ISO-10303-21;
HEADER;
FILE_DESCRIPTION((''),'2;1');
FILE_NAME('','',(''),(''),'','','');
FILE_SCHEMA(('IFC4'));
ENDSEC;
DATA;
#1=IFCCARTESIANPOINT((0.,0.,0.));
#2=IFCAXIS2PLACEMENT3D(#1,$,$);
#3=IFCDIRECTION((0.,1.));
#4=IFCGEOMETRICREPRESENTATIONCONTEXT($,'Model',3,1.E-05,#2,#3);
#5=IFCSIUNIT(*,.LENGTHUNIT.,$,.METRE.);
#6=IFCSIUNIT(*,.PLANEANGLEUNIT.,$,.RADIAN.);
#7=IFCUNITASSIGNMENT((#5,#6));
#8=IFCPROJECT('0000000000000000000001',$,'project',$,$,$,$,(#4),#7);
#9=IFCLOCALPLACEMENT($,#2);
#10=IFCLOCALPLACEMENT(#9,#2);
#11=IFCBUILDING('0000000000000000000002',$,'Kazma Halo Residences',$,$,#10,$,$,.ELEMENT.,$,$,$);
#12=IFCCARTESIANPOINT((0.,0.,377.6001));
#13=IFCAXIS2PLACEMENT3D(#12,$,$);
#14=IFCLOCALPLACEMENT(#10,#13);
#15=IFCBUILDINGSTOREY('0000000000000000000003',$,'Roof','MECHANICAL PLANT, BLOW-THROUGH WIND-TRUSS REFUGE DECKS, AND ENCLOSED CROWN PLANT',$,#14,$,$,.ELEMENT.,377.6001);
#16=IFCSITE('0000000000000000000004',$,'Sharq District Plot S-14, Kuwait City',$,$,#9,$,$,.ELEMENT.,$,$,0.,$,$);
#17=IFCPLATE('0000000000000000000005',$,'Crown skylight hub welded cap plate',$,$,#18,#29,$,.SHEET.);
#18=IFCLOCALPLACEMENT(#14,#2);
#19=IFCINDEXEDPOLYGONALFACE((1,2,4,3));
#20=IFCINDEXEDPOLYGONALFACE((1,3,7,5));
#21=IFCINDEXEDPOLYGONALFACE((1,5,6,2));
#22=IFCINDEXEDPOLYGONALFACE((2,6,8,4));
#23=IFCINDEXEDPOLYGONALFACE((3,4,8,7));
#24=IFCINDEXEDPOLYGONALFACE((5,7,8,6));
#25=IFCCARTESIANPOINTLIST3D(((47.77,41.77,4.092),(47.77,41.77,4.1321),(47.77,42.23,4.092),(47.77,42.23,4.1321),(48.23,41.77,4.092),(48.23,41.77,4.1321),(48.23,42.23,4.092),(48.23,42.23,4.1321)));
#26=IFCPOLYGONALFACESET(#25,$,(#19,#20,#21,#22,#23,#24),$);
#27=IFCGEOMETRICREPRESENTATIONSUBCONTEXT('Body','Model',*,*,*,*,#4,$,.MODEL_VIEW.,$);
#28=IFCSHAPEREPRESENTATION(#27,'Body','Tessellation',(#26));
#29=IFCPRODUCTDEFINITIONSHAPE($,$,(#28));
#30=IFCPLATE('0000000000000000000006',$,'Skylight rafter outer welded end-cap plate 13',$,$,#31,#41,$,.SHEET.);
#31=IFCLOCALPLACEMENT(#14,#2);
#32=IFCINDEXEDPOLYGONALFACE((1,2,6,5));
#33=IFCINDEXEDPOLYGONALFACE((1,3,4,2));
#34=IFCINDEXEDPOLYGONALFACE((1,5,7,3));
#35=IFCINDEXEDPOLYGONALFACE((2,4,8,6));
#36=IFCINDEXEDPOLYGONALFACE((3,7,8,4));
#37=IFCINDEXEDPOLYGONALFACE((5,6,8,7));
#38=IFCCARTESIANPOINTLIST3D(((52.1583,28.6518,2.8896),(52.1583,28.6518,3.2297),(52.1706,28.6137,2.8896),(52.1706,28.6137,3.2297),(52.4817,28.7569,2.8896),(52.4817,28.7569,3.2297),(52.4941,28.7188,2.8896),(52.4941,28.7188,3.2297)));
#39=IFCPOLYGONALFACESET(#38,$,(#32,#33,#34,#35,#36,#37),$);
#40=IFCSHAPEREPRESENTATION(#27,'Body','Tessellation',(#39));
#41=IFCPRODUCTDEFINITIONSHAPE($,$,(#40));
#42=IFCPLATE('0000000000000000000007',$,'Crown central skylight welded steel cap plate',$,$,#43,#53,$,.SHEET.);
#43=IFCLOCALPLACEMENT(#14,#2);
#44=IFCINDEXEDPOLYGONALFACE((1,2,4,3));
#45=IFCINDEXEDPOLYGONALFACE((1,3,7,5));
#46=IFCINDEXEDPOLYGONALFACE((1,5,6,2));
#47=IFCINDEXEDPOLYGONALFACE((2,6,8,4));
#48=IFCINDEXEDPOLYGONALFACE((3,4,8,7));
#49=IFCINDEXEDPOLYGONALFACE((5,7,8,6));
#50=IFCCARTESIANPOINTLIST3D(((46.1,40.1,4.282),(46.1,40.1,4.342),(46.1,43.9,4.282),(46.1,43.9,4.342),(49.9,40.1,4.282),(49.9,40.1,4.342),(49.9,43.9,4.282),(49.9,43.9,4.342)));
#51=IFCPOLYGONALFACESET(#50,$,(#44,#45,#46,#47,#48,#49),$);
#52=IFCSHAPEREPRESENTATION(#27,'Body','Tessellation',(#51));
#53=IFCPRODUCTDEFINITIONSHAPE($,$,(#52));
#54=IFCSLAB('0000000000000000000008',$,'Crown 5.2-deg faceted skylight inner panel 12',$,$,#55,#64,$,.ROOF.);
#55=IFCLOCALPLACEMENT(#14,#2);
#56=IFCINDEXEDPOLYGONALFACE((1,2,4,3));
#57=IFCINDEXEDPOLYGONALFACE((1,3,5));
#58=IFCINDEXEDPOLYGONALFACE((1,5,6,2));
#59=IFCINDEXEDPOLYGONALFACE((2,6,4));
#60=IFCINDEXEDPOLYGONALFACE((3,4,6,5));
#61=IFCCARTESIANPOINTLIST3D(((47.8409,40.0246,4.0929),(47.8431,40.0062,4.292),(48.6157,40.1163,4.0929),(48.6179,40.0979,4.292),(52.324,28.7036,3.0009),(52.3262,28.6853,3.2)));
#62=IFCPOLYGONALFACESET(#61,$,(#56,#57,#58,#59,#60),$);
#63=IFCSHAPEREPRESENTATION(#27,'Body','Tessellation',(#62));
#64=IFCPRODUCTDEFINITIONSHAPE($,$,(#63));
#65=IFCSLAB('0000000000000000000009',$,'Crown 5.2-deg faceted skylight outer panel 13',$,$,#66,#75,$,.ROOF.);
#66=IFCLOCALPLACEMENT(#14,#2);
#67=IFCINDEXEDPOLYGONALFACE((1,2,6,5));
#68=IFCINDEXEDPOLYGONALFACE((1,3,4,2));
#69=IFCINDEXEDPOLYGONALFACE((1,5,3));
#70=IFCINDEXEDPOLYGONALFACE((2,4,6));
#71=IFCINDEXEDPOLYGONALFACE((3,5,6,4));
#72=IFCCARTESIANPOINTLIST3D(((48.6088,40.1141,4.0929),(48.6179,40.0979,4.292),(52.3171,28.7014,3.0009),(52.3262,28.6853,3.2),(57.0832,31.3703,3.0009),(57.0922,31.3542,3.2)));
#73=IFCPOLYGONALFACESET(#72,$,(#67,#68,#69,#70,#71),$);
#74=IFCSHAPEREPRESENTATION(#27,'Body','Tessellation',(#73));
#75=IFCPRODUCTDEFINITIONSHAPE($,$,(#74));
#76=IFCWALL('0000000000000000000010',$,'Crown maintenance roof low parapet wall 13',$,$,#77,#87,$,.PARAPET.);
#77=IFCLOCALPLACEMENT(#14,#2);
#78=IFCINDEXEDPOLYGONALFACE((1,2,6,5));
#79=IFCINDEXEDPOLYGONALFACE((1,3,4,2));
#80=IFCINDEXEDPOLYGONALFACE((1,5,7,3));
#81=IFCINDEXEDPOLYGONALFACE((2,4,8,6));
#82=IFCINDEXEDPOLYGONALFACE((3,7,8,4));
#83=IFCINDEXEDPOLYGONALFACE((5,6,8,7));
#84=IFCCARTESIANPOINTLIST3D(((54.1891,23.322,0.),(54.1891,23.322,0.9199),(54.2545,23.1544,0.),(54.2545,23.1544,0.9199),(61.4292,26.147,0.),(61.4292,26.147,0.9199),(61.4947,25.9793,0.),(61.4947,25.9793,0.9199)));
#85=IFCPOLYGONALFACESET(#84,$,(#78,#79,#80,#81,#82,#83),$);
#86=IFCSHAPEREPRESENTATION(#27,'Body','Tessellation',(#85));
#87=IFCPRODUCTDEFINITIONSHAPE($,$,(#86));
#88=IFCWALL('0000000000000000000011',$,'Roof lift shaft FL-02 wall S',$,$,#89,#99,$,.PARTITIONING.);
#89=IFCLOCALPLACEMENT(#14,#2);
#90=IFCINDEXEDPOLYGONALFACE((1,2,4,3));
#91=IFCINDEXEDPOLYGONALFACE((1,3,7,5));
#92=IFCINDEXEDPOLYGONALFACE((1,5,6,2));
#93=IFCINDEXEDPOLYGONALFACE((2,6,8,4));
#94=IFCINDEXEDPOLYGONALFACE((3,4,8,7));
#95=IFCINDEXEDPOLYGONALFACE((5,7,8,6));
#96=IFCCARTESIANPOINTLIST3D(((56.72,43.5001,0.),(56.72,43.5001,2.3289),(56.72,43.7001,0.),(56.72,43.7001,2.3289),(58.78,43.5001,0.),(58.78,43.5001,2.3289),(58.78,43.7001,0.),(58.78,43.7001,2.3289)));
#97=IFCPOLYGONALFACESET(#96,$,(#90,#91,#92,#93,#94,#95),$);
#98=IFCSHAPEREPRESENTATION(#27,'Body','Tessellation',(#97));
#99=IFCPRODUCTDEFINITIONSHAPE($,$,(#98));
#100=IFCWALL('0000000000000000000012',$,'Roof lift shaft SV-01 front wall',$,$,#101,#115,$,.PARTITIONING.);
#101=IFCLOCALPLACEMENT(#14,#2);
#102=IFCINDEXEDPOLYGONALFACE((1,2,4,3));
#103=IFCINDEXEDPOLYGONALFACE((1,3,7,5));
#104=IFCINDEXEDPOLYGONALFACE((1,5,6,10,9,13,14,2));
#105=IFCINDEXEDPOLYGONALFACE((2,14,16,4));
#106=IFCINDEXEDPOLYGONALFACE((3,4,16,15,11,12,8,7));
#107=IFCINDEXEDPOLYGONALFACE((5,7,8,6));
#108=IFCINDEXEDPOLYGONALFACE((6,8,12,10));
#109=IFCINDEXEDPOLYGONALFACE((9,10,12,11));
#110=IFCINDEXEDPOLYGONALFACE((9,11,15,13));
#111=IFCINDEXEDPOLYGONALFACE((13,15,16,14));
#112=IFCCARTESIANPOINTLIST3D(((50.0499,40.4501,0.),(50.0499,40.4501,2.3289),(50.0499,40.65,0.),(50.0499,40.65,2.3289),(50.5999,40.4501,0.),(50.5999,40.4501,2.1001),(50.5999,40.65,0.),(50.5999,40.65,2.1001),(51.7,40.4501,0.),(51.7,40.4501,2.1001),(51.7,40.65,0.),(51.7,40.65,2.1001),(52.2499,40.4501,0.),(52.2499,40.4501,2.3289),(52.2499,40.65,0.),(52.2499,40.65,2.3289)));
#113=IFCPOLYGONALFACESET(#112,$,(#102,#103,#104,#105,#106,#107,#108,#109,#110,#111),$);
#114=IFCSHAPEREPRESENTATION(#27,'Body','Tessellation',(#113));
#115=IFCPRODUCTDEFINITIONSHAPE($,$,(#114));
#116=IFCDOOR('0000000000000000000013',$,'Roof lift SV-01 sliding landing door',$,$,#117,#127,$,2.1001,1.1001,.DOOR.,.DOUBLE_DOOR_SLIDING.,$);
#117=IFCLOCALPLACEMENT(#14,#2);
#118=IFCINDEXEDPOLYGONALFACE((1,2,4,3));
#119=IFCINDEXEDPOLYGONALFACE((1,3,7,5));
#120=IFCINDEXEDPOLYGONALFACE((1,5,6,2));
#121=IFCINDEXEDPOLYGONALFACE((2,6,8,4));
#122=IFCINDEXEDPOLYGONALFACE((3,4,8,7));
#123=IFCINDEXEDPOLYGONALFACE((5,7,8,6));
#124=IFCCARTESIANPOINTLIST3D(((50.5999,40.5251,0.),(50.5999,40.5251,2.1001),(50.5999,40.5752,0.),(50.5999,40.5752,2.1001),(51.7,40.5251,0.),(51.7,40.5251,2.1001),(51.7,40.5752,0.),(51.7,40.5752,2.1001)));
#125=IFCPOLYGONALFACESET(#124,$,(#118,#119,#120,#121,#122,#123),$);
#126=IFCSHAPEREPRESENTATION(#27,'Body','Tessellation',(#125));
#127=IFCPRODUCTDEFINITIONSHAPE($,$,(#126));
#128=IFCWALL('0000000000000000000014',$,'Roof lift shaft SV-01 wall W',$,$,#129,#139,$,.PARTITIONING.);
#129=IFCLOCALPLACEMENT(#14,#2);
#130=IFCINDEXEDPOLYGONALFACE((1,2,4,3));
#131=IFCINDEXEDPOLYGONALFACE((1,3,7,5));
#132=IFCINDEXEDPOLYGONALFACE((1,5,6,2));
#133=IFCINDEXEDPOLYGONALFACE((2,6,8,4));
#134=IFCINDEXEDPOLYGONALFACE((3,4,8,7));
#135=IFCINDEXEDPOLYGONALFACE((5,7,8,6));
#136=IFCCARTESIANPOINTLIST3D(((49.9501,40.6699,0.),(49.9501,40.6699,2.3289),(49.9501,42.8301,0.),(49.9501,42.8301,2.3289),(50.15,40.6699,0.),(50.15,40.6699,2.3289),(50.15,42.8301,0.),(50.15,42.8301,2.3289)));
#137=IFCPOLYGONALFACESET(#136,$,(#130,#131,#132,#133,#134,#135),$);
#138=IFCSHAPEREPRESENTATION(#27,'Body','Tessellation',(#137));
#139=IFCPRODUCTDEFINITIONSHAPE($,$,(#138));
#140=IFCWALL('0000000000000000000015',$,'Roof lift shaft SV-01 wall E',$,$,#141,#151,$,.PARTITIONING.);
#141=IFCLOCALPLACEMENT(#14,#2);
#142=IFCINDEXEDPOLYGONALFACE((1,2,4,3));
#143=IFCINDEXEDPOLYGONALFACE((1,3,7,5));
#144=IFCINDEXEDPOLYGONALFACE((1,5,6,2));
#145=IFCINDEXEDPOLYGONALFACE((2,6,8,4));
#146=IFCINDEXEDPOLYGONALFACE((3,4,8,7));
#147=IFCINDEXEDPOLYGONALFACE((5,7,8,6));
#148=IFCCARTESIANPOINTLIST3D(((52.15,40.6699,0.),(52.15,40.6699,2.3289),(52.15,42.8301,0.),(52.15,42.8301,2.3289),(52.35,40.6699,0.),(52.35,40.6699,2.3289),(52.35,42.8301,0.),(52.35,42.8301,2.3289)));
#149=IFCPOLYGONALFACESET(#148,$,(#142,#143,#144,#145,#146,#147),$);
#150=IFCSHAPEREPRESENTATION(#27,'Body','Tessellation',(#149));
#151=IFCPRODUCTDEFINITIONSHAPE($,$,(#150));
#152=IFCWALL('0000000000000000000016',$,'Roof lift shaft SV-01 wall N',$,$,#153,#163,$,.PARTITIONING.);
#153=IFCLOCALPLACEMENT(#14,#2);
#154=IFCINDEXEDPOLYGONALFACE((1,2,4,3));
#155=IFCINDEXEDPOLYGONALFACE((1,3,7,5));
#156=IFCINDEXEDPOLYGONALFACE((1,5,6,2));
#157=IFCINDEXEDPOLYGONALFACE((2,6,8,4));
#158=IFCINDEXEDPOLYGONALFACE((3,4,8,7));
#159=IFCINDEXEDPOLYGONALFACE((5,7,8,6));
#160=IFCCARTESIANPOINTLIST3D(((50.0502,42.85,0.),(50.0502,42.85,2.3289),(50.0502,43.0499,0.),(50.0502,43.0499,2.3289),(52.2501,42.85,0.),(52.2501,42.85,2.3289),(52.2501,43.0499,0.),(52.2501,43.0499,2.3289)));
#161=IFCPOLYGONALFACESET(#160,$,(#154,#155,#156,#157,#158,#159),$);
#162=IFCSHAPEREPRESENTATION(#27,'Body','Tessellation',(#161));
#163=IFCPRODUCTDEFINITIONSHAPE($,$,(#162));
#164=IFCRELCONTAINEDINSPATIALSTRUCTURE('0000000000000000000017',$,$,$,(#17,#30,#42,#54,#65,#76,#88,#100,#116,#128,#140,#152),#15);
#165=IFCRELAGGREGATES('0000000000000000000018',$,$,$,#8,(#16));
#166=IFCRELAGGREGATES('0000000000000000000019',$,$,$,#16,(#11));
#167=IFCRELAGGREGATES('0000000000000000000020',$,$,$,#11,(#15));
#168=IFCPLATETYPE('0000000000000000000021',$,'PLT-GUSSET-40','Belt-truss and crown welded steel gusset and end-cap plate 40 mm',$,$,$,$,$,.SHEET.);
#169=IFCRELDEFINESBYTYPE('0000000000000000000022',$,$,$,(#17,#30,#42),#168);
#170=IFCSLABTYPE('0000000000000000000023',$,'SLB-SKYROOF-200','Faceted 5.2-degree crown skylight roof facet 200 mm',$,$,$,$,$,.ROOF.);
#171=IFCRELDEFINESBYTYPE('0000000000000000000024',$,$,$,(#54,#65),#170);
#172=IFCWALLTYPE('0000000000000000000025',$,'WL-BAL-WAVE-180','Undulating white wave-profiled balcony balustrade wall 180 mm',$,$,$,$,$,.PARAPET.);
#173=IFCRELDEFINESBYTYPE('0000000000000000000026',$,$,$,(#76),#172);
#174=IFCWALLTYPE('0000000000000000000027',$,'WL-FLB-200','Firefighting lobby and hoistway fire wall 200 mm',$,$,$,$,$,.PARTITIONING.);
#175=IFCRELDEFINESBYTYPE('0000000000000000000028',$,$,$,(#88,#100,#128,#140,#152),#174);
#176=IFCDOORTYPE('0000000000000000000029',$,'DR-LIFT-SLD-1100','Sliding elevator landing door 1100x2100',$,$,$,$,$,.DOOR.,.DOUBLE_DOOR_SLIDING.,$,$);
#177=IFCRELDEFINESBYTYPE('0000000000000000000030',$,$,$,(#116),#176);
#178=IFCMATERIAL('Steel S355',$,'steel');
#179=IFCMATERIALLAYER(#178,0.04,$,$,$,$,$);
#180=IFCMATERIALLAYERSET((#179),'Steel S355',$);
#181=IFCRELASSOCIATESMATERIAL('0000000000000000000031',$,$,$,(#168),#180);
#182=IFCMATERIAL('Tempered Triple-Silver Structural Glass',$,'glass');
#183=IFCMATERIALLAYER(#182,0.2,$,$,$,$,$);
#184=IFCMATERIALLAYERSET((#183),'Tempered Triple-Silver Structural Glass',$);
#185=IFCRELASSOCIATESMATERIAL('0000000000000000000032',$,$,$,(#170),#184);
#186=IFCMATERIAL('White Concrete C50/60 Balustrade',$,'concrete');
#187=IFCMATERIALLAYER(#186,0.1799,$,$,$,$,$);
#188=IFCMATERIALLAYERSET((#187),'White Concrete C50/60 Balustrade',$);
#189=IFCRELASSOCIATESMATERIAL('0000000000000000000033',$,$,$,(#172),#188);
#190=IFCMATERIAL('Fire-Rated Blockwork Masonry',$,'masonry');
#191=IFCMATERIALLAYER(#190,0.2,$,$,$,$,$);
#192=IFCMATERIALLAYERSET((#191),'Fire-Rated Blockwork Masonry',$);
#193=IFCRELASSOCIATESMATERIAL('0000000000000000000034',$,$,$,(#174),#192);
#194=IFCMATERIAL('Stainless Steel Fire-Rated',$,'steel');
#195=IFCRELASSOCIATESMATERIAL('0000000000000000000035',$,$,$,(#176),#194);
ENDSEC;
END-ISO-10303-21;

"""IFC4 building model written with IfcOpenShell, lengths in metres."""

from ifc_helpers import new_model, si_unit, direction, frame, frame_2d, origin, origin_2d, place, context, subcontext, project, spatial, polyline, rectangle, outline, extrude, material, layer, layer_set, type_object, element, fill, save


model = new_model("IFC4")

# Units and contexts
model_context = context("Model", 3, precision=1e-05, world=origin(), true_north=direction((0.0, 1.0)))
body_context = subcontext(model_context, "Body", "Model", "MODEL_VIEW")
ifc_project = project(units=[si_unit("LENGTHUNIT", "METRE"), si_unit("PLANEANGLEUNIT", "RADIAN")], contexts=[model_context])

# Site, building, storey
site_placement = place(None, origin())
site = spatial("IfcSite", under=ifc_project, at=site_placement, Name="Sharq District Plot S-14, Kuwait City", CompositionType="ELEMENT", RefElevation=0.0)
building_placement = place(site_placement, origin())
building = spatial("IfcBuilding", under=site, at=building_placement, Name="Kazma Halo Residences", CompositionType="ELEMENT")
storey_placement = place(building_placement, frame((0.0, 0.0, 377.6001)))
storey = spatial("IfcBuildingStorey", under=building, at=storey_placement, Name="Roof", Description="MECHANICAL PLANT, BLOW-THROUGH WIND-TRUSS REFUGE DECKS, AND ENCLOSED CROWN PLANT", CompositionType="ELEMENT", Elevation=377.6001)

# Shared definitions
ifc_material_1 = material(Name="Steel S355", Category="steel")

# Plates
ifc_layer_1 = layer(ifc_material_1, 0.04)
ifc_layer_set_1 = layer_set([ifc_layer_1], Name="Steel S355")
plate_type_1 = type_object("IfcPlateType", Name="PLT-GUSSET-40", Description="Belt-truss and crown welded steel gusset and end-cap plate 40 mm", PredefinedType="SHEET", material=ifc_layer_set_1)
plate_1_placement = place(storey_placement, frame((48.0, 42.0, 4.092), z_axis=(0.0, 0.0, 1.0), x_axis=(1.0, 0.0, 0.0)))
element("IfcPlate", 1, at=plate_1_placement, inside=storey, type_object=plate_type_1, Name="Crown skylight hub welded cap plate", PredefinedType="SHEET", context=body_context, shape_type="SweptSolid", body=[
    extrude(rectangle(XDim=0.46, YDim=0.46, at=origin_2d()), origin(), (0.0, 0.0, 1.0), 0.04),
])
plate_2_placement = place(storey_placement, frame((52.3262, 28.6853, 2.8896), z_axis=(0.0, 0.0, 1.0), x_axis=(0.309017, -0.951057, 0.0)))
element("IfcPlate", 2, at=plate_2_placement, inside=storey, type_object=plate_type_1, Name="Skylight rafter outer welded end-cap plate 13", PredefinedType="SHEET", context=body_context, shape_type="SweptSolid", body=[
    extrude(rectangle(XDim=0.04, YDim=0.3401, at=origin_2d()), origin(), (0.0, 0.0, 1.0), 0.3401),
])
plate_3_placement = place(storey_placement, frame((48.0, 42.0, 4.282), z_axis=(0.0, 0.0, 1.0), x_axis=(1.0, 0.0, 0.0)))
element("IfcPlate", 3, at=plate_3_placement, inside=storey, type_object=plate_type_1, Name="Crown central skylight welded steel cap plate", PredefinedType="SHEET", context=body_context, shape_type="SweptSolid", body=[
    extrude(rectangle(XDim=3.8, YDim=3.8, at=origin_2d()), origin(), (0.0, 0.0, 1.0), 0.0601),
])

# Slabs
ifc_material_2 = material(Name="Tempered Triple-Silver Structural Glass", Category="glass")
ifc_layer_2 = layer(ifc_material_2, 0.2)
ifc_layer_set_2 = layer_set([ifc_layer_2], Name="Tempered Triple-Silver Structural Glass")
slab_type = type_object("IfcSlabType", Name="SLB-SKYROOF-200", Description="Faceted 5.2-degree crown skylight roof facet 200 mm", PredefinedType="ROOF", material=ifc_layer_set_2)
slab_1_placement = place(storey_placement, frame((52.3262, 28.6853, 3.2), z_axis=(0.010869, -0.091747, 0.995723), x_axis=(-0.307751, 0.947141, 0.090629)))
element("IfcSlab", 4, at=slab_1_placement, inside=storey, type_object=slab_type, Name="Crown 5.2-deg faceted skylight inner panel 12", PredefinedType="ROOF", context=body_context, shape_type="SweptSolid", body=[
    extrude(outline(polyline([(0.0, 0.0), (12.0496, 0.0), (12.2012, 0.7654), (0.0, 0.0)])), origin(), (0.0, 0.0, -1.0), 0.2),
])
slab_2_placement = place(storey_placement, frame((52.3262, 28.6853, 3.2), z_axis=(0.045141, -0.080611, 0.995723), x_axis=(0.872512, 0.488592, 0.0)))
element("IfcSlab", 5, at=slab_2_placement, inside=storey, type_object=slab_type, Name="Crown 5.2-deg faceted skylight outer panel 13", PredefinedType="ROOF", context=body_context, shape_type="SweptSolid", body=[
    extrude(outline(polyline([(0.0, 0.0), (5.4624, 0.0), (2.3406, 11.8201), (0.0, 0.0)])), origin(), (0.0, 0.0, -1.0), 0.2),
])

# Walls
ifc_material_3 = material(Name="White Concrete C50/60 Balustrade", Category="concrete")
ifc_layer_3 = layer(ifc_material_3, 0.1799)
ifc_layer_set_3 = layer_set([ifc_layer_3], Name="White Concrete C50/60 Balustrade")
wall_type_1 = type_object("IfcWallType", Name="WL-BAL-WAVE-180", Description="Undulating white wave-profiled balcony balustrade wall 180 mm", PredefinedType="PARAPET", material=ifc_layer_set_3)
wall_1_placement = place(storey_placement, frame((54.2219, 23.2383, 0.0), z_axis=(0.0, 0.0, 1.0), x_axis=(0.9316, 0.363486, 0.0)))
element("IfcWall", 6, at=wall_1_placement, inside=storey, type_object=wall_type_1, Name="Crown maintenance roof low parapet wall 13", PredefinedType="PARAPET", context=body_context, shape_type="SweptSolid", body=[
    extrude(rectangle(XDim=7.7717, YDim=0.1799, at=frame_2d((3.8857, 0.0))), origin(), (0.0, 0.0, 1.0), 0.9199),
])
ifc_material_4 = material(Name="Fire-Rated Blockwork Masonry", Category="masonry")
ifc_layer_4 = layer(ifc_material_4, 0.2)
ifc_layer_set_4 = layer_set([ifc_layer_4], Name="Fire-Rated Blockwork Masonry")
wall_type_2 = type_object("IfcWallType", Name="WL-FLB-200", Description="Firefighting lobby and hoistway fire wall 200 mm", PredefinedType="PARTITIONING", material=ifc_layer_set_4)
wall_2_placement = place(storey_placement, frame((56.72, 43.6001, 0.0), z_axis=(0.0, 0.0, 1.0), x_axis=(1.0, 0.0, 0.0)))
element("IfcWall", 7, at=wall_2_placement, inside=storey, type_object=wall_type_2, Name="Roof lift shaft FL-02 wall S", PredefinedType="PARTITIONING", context=body_context, shape_type="SweptSolid", body=[
    extrude(rectangle(XDim=2.0601, YDim=0.2, at=frame_2d((1.03, 0.0))), origin(), (0.0, 0.0, 1.0), 2.3289),
])

# Wall, opening, door
wall_3_placement = place(storey_placement, frame((52.25, 40.55, 0.0), z_axis=(0.0, 0.0, 1.0), x_axis=(-1.0, 0.0, 0.0)))
wall_3 = element("IfcWall", 8, at=wall_3_placement, inside=storey, type_object=wall_type_2, Name="Roof lift shaft SV-01 front wall", PredefinedType="PARTITIONING", context=body_context, shape_type="SweptSolid", body=[
    extrude(rectangle(XDim=2.2, YDim=0.2, at=frame_2d((1.1001, 0.0))), origin(), (0.0, 0.0, 1.0), 2.3289),
])
opening_placement = place(wall_3_placement, frame((0.55, 0.0, 0.0)))
opening = element("IfcOpeningElement", 9, at=opening_placement, cuts=wall_3, PredefinedType="OPENING", context=body_context, shape_type="SweptSolid", body=[
    extrude(rectangle(XDim=1.1001, YDim=2.1001, at=frame_2d((0.55, 1.05))), frame((0.0, 0.1099, 0.0), z_axis=(0.0, -1.0, 0.0), x_axis=(1.0, 0.0, 0.0)), (0.0, 0.0, 1.0), 0.22),
])
ifc_material_5 = material(Name="Stainless Steel Fire-Rated", Category="steel")
door_type = type_object("IfcDoorType", Name="DR-LIFT-SLD-1100", Description="Sliding elevator landing door 1100x2100", OperationType="DOUBLE_DOOR_SLIDING", PredefinedType="DOOR", material=ifc_material_5)
door_placement = place(opening_placement, origin())
door = element("IfcDoor", 10, at=door_placement, inside=storey, type_object=door_type, Name="Roof lift SV-01 sliding landing door", OperationType="DOUBLE_DOOR_SLIDING", OverallHeight=2.1001, OverallWidth=1.1001, PredefinedType="DOOR", context=body_context, shape_type="SweptSolid", body=[
    extrude(rectangle(XDim=1.1001, YDim=2.1001, at=frame_2d((0.55, 1.05))), frame((0.0, 0.0249, 0.0), z_axis=(0.0, -1.0, 0.0), x_axis=(1.0, 0.0, 0.0)), (0.0, 0.0, 1.0), 0.05),
])
fill(opening, door)

# Walls
for number, where, z_axis, x_axis, name in (
    (11, (50.05, 40.6699, 0.0), (0.0, 0.0, 1.0), (0.0, 1.0, 0.0), "Roof lift shaft SV-01 wall W"),
    (12, (52.25, 40.6699, 0.0), (0.0, 0.0, 1.0), (0.0, 1.0, 0.0), "Roof lift shaft SV-01 wall E"),
):
    element("IfcWall", number, at=place(storey_placement, frame(where, z_axis=z_axis, x_axis=x_axis)), inside=storey, type_object=wall_type_2, Name=name, PredefinedType="PARTITIONING", context=body_context, shape_type="SweptSolid", body=[
        extrude(rectangle(XDim=2.1602, YDim=0.2, at=frame_2d((1.0801, 0.0))), origin(), (0.0, 0.0, 1.0), 2.3289),
    ])
wall_4_placement = place(storey_placement, frame((50.05, 42.95, 0.0), z_axis=(0.0, 0.0, 1.0), x_axis=(1.0, 0.0, 0.0)))
element("IfcWall", 13, at=wall_4_placement, inside=storey, type_object=wall_type_2, Name="Roof lift shaft SV-01 wall N", PredefinedType="PARTITIONING", context=body_context, shape_type="SweptSolid", body=[
    extrude(rectangle(XDim=2.2, YDim=0.2, at=frame_2d((1.1001, 0.0))), origin(), (0.0, 0.0, 1.0), 2.3289),
])

save(model, "model.ifc")
